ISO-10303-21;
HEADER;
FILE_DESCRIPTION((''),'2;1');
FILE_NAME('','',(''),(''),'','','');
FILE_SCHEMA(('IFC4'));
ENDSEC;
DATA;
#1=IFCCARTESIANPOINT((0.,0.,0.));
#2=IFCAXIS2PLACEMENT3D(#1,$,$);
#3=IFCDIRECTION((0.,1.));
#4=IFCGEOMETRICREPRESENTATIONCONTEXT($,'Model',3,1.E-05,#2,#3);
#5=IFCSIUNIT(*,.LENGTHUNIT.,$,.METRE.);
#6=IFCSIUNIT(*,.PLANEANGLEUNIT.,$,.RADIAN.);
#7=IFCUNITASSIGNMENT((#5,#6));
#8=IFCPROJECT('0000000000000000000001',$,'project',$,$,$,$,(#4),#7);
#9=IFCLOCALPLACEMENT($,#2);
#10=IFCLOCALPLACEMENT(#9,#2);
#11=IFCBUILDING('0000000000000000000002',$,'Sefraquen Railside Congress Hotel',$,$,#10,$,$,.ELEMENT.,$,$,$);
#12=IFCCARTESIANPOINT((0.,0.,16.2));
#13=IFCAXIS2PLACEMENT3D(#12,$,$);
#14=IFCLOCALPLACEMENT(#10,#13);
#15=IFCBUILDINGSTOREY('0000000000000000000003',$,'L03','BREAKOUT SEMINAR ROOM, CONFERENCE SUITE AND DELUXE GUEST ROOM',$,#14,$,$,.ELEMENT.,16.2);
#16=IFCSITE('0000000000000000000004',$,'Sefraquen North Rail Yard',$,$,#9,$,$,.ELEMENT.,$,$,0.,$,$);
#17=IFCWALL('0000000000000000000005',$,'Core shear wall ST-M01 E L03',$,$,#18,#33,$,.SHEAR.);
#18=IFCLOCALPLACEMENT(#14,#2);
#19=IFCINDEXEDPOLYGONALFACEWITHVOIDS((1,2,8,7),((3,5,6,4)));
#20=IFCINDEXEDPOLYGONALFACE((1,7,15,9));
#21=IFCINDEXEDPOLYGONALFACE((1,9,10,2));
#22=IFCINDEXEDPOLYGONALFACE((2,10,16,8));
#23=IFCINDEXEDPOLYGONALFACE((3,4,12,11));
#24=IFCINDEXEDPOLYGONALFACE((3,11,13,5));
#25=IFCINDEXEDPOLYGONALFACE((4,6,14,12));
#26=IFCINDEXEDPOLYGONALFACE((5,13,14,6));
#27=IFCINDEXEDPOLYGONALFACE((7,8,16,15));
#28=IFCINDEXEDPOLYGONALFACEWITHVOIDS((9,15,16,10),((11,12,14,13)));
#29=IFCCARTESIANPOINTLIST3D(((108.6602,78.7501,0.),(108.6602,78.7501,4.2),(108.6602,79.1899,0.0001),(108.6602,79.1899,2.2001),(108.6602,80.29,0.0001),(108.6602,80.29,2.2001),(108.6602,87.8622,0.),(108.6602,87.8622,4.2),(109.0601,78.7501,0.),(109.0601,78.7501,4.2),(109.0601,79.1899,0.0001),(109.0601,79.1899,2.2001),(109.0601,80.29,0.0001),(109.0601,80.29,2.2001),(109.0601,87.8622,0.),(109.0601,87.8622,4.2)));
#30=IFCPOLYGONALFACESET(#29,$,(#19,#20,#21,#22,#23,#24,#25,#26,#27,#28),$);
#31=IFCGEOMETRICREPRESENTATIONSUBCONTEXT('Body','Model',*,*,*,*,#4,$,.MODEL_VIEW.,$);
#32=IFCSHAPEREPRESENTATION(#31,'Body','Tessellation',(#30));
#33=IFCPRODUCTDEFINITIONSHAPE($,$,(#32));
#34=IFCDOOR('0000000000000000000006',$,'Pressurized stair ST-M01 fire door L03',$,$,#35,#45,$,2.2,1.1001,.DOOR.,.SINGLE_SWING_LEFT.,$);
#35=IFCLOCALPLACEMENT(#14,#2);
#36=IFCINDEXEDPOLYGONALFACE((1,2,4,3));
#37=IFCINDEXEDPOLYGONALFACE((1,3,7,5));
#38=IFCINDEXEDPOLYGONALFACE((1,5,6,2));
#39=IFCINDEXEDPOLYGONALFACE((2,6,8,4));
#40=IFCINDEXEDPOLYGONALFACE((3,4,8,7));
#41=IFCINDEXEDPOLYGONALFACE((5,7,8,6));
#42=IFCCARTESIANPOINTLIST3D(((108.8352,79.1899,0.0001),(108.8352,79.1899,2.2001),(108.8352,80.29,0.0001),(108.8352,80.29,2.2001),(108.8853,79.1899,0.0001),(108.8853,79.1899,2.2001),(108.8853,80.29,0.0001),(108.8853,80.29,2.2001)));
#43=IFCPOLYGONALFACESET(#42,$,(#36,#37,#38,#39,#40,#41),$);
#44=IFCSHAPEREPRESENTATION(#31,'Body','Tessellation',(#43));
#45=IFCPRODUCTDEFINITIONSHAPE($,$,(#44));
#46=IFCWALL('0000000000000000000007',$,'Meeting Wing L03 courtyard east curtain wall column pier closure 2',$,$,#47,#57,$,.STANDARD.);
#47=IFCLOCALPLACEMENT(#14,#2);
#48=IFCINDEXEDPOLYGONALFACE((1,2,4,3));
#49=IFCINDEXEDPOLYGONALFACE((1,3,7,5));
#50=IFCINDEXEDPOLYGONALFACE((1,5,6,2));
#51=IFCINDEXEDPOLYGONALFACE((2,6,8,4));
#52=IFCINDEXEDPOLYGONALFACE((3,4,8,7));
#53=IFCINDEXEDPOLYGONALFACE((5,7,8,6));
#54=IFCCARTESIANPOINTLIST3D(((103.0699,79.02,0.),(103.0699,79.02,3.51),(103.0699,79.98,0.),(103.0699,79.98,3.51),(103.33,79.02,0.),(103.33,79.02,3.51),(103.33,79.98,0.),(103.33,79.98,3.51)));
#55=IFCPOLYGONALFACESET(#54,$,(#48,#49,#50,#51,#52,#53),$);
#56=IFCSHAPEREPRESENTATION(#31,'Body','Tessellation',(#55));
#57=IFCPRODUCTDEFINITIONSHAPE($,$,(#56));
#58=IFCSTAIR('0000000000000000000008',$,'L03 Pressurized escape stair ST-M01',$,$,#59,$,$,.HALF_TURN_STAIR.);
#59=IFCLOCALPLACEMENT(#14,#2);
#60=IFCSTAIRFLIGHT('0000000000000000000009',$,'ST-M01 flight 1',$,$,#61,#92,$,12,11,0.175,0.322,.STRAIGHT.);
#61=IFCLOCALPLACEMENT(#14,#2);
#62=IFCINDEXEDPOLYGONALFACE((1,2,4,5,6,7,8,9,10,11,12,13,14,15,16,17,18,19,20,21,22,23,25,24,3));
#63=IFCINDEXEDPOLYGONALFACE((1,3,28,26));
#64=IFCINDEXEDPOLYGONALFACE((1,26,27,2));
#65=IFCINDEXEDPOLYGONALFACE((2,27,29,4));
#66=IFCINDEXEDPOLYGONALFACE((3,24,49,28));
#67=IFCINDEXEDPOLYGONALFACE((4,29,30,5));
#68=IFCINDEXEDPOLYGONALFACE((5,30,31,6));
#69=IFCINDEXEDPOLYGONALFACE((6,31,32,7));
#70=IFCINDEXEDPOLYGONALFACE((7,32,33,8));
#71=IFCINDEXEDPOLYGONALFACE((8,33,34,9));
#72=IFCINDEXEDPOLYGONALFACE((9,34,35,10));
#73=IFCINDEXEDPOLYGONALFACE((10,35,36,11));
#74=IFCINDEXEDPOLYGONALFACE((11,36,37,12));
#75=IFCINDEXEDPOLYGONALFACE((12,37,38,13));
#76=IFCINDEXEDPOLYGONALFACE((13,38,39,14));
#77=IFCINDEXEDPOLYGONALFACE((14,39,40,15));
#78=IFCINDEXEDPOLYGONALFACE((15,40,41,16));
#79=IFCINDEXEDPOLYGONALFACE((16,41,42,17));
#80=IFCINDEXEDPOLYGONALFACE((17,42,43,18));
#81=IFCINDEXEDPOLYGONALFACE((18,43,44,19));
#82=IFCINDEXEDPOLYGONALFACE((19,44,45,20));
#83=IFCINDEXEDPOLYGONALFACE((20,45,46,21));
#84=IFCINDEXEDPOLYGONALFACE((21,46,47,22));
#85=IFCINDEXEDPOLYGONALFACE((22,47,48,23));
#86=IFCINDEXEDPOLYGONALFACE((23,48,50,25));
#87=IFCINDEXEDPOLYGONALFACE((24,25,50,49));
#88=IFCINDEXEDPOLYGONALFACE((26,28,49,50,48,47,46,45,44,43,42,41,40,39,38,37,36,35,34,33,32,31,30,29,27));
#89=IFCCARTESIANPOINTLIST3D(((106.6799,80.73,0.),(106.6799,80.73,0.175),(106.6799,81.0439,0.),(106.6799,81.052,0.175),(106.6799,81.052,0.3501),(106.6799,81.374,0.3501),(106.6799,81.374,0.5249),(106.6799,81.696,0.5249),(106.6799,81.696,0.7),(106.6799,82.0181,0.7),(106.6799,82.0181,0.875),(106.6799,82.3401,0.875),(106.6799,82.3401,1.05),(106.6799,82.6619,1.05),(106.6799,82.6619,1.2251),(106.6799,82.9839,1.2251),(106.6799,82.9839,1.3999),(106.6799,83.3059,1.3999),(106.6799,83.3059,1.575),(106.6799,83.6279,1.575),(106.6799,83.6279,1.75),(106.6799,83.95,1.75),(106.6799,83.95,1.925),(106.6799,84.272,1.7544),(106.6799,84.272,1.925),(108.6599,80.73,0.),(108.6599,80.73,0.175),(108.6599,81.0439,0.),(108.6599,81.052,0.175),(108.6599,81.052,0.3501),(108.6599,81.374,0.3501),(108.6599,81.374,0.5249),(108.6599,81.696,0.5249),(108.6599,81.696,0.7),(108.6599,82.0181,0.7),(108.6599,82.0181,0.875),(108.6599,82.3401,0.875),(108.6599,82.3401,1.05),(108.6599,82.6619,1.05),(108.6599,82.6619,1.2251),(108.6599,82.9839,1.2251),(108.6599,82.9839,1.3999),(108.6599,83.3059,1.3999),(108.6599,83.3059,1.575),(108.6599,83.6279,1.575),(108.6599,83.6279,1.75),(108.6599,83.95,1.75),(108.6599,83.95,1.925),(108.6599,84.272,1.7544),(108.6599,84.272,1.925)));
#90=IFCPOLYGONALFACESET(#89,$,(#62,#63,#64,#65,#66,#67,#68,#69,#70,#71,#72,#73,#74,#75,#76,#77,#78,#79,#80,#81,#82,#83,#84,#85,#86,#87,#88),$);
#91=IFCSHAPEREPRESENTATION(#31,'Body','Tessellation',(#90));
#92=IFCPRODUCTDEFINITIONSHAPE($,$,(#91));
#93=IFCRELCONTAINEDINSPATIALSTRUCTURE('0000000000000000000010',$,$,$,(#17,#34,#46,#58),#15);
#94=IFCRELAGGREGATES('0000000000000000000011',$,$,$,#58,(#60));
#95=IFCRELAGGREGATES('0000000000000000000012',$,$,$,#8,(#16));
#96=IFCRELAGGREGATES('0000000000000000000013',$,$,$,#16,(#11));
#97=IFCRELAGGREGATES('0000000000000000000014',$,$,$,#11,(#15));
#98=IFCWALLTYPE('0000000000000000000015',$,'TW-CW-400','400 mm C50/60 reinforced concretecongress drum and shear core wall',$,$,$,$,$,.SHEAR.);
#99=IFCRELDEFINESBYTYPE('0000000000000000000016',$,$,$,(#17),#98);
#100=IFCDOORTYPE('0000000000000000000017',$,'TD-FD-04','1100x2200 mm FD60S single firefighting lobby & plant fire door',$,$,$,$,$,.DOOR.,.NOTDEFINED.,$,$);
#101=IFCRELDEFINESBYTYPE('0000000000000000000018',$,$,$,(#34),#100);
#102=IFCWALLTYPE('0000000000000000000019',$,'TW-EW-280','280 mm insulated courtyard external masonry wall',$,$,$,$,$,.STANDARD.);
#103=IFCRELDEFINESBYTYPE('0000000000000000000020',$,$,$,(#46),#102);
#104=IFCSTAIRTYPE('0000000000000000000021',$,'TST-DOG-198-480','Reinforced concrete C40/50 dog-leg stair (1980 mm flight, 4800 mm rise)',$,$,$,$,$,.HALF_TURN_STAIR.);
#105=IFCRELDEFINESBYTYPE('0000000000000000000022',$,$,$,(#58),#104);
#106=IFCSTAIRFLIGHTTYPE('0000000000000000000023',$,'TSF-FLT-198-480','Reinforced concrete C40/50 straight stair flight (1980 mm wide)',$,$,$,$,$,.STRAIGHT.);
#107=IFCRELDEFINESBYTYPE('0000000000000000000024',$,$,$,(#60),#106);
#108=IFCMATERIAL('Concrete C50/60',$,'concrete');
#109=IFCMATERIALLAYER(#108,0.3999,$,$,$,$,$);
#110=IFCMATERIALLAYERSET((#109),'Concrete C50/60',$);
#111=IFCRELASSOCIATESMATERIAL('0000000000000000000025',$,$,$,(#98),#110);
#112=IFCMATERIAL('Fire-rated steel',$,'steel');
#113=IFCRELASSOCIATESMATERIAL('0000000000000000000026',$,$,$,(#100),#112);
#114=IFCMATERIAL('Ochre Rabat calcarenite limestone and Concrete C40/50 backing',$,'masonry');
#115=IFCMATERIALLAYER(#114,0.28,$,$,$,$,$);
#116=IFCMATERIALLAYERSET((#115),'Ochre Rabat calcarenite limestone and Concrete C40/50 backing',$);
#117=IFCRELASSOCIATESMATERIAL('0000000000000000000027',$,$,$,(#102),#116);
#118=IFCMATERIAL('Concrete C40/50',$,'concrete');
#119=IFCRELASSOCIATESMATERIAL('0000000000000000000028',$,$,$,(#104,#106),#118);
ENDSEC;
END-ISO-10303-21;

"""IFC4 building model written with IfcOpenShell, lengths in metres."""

from ifc_helpers import new_model, si_unit, direction, frame, frame_2d, origin, place, context, subcontext, project, spatial, polyline, rectangle, outline, extrude, material, layer, layer_set, type_object, element, fill, aggregate, save


model = new_model("IFC4")

# Units and contexts
model_context = context("Model", 3, precision=1e-05, world=origin(), true_north=direction((0.0, 1.0)))
body_context = subcontext(model_context, "Body", "Model", "MODEL_VIEW")
ifc_project = project(units=[si_unit("LENGTHUNIT", "METRE"), si_unit("PLANEANGLEUNIT", "RADIAN")], contexts=[model_context])

# Site, building, storey
site_placement = place(None, origin())
site = spatial("IfcSite", under=ifc_project, at=site_placement, Name="Sefraquen North Rail Yard", CompositionType="ELEMENT", RefElevation=0.0)
building_placement = place(site_placement, origin())
building = spatial("IfcBuilding", under=site, at=building_placement, Name="Sefraquen Railside Congress Hotel", CompositionType="ELEMENT")
storey_placement = place(building_placement, frame((0.0, 0.0, 16.2)))
storey = spatial("IfcBuildingStorey", under=building, at=storey_placement, Name="L03", Description="BREAKOUT SEMINAR ROOM, CONFERENCE SUITE AND DELUXE GUEST ROOM", CompositionType="ELEMENT", Elevation=16.2)

# Shared definitions
ifc_material_1 = material(Name="Concrete C50/60", Category="concrete")
ifc_layer_1 = layer(ifc_material_1, 0.3999)
ifc_layer_set_1 = layer_set([ifc_layer_1], Name="Concrete C50/60")
wall_type_1 = type_object("IfcWallType", Name="TW-CW-400", Description="400 mm C50/60 reinforced concretecongress drum and shear core wall", PredefinedType="SHEAR", material=ifc_layer_set_1)

# Wall, opening, door
wall_1_placement = place(storey_placement, frame((108.8601, 78.75, 0.0), z_axis=(0.0, 0.0, 1.0), x_axis=(0.0, 1.0, 0.0)))
wall_1 = element("IfcWall", 1, at=wall_1_placement, inside=storey, type_object=wall_type_1, Name="Core shear wall ST-M01 E L03", PredefinedType="SHEAR", context=body_context, shape_type="SweptSolid", body=[
    extrude(rectangle(XDim=9.1121, YDim=0.3999, at=frame_2d((4.5562, 0.0))), origin(), (0.0, 0.0, 1.0), 4.2),
])
opening_placement = place(wall_1_placement, frame((0.4399, 0.0, 0.0)))
opening = element("IfcOpeningElement", 2, at=opening_placement, cuts=wall_1, PredefinedType="OPENING", context=body_context, shape_type="SweptSolid", body=[
    extrude(rectangle(XDim=1.1001, YDim=2.2, at=frame_2d((0.55, 1.1001))), frame((0.0, 0.21, 0.0), z_axis=(0.0, -1.0, 0.0), x_axis=(1.0, 0.0, 0.0)), (0.0, 0.0, 1.0), 0.4199),
])
ifc_material_2 = material(Name="Fire-rated steel", Category="steel")
door_type = type_object("IfcDoorType", Name="TD-FD-04", Description="1100x2200 mm FD60S single firefighting lobby & plant fire door", OperationType="NOTDEFINED", PredefinedType="DOOR", material=ifc_material_2)
door_placement = place(opening_placement, origin())
door = element("IfcDoor", 3, at=door_placement, inside=storey, type_object=door_type, Name="Pressurized stair ST-M01 fire door L03", OperationType="SINGLE_SWING_LEFT", OverallHeight=2.2, OverallWidth=1.1001, PredefinedType="DOOR", context=body_context, shape_type="SweptSolid", body=[
    extrude(rectangle(XDim=1.1001, YDim=2.2, at=frame_2d((0.55, 1.1001))), frame((0.0, 0.0249, 0.0), z_axis=(0.0, -1.0, 0.0), x_axis=(1.0, 0.0, 0.0)), (0.0, 0.0, 1.0), 0.05),
])
fill(opening, door)

# Wall
ifc_material_3 = material(Name="Ochre Rabat calcarenite limestone and Concrete C40/50 backing", Category="masonry")
ifc_layer_2 = layer(ifc_material_3, 0.28)
ifc_layer_set_2 = layer_set([ifc_layer_2], Name="Ochre Rabat calcarenite limestone and Concrete C40/50 backing")
wall_type_2 = type_object("IfcWallType", Name="TW-EW-280", Description="280 mm insulated courtyard external masonry wall", PredefinedType="STANDARD", material=ifc_layer_set_2)
wall_2_placement = place(storey_placement, frame((103.2, 79.02, 0.0), z_axis=(0.0, 0.0, 1.0), x_axis=(0.0, 1.0, 0.0)))
element("IfcWall", 4, at=wall_2_placement, inside=storey, type_object=wall_type_2, Name="Meeting Wing L03 courtyard east curtain wall column pier closure 2", PredefinedType="STANDARD", context=body_context, shape_type="SweptSolid", body=[
    extrude(rectangle(XDim=0.96, YDim=0.26, at=frame_2d((0.48, 0.0))), origin(), (0.0, 0.0, 1.0), 3.51),
])

# Stair, stair flight
ifc_material_4 = material(Name="Concrete C40/50", Category="concrete")
stair_type = type_object("IfcStairType", Name="TST-DOG-198-480", Description="Reinforced concrete C40/50 dog-leg stair (1980 mm flight, 4800 mm rise)", PredefinedType="HALF_TURN_STAIR", material=ifc_material_4)
stair_placement = place(storey_placement, origin())
stair = element("IfcStair", 5, at=stair_placement, inside=storey, type_object=stair_type, Name="L03 Pressurized escape stair ST-M01", PredefinedType="HALF_TURN_STAIR")
stair_flight_type = type_object("IfcStairFlightType", Name="TSF-FLT-198-480", Description="Reinforced concrete C40/50 straight stair flight (1980 mm wide)", PredefinedType="STRAIGHT", material=ifc_material_4)
stair_flight_placement = place(storey_placement, frame((107.6699, 80.73, 0.0), z_axis=(0.0, 0.0, 1.0), x_axis=(0.0, 1.0, 0.0)))
stair_flight = element("IfcStairFlight", 6, at=stair_flight_placement, type_object=stair_flight_type, Name="ST-M01 flight 1", NumberOfRisers=12, NumberOfTreads=11, PredefinedType="STRAIGHT", RiserHeight=0.175, TreadLength=0.322, context=body_context, shape_type="SweptSolid", body=[
    extrude(outline(polyline([(0.0, 0.0), (0.0, 0.175), (0.322, 0.175), (0.322, 0.3501), (0.644, 0.3501), (0.644, 0.5249), (0.9661, 0.5249), (0.9661, 0.7), (1.2881, 0.7), (1.2881, 0.875), (1.6101, 0.875), (1.6101, 1.05), (1.9319, 1.05), (1.9319, 1.2251), (2.2539, 1.2251), (2.2539, 1.3999), (2.5759, 1.3999), (2.5759, 1.575), (2.8979, 1.575), (2.8979, 1.75), (3.22, 1.75), (3.22, 1.925), (3.542, 1.925), (3.542, 2.1001), (3.542, 1.7544), (0.314, 0.0), (0.0, 0.0)])), frame((0.0, 0.99, 0.0), z_axis=(0.0, -1.0, 0.0), x_axis=(1.0, 0.0, 0.0)), (0.0, 0.0, 1.0), 1.98),
])
aggregate(stair, [stair_flight])

save(model, "model.ifc")
